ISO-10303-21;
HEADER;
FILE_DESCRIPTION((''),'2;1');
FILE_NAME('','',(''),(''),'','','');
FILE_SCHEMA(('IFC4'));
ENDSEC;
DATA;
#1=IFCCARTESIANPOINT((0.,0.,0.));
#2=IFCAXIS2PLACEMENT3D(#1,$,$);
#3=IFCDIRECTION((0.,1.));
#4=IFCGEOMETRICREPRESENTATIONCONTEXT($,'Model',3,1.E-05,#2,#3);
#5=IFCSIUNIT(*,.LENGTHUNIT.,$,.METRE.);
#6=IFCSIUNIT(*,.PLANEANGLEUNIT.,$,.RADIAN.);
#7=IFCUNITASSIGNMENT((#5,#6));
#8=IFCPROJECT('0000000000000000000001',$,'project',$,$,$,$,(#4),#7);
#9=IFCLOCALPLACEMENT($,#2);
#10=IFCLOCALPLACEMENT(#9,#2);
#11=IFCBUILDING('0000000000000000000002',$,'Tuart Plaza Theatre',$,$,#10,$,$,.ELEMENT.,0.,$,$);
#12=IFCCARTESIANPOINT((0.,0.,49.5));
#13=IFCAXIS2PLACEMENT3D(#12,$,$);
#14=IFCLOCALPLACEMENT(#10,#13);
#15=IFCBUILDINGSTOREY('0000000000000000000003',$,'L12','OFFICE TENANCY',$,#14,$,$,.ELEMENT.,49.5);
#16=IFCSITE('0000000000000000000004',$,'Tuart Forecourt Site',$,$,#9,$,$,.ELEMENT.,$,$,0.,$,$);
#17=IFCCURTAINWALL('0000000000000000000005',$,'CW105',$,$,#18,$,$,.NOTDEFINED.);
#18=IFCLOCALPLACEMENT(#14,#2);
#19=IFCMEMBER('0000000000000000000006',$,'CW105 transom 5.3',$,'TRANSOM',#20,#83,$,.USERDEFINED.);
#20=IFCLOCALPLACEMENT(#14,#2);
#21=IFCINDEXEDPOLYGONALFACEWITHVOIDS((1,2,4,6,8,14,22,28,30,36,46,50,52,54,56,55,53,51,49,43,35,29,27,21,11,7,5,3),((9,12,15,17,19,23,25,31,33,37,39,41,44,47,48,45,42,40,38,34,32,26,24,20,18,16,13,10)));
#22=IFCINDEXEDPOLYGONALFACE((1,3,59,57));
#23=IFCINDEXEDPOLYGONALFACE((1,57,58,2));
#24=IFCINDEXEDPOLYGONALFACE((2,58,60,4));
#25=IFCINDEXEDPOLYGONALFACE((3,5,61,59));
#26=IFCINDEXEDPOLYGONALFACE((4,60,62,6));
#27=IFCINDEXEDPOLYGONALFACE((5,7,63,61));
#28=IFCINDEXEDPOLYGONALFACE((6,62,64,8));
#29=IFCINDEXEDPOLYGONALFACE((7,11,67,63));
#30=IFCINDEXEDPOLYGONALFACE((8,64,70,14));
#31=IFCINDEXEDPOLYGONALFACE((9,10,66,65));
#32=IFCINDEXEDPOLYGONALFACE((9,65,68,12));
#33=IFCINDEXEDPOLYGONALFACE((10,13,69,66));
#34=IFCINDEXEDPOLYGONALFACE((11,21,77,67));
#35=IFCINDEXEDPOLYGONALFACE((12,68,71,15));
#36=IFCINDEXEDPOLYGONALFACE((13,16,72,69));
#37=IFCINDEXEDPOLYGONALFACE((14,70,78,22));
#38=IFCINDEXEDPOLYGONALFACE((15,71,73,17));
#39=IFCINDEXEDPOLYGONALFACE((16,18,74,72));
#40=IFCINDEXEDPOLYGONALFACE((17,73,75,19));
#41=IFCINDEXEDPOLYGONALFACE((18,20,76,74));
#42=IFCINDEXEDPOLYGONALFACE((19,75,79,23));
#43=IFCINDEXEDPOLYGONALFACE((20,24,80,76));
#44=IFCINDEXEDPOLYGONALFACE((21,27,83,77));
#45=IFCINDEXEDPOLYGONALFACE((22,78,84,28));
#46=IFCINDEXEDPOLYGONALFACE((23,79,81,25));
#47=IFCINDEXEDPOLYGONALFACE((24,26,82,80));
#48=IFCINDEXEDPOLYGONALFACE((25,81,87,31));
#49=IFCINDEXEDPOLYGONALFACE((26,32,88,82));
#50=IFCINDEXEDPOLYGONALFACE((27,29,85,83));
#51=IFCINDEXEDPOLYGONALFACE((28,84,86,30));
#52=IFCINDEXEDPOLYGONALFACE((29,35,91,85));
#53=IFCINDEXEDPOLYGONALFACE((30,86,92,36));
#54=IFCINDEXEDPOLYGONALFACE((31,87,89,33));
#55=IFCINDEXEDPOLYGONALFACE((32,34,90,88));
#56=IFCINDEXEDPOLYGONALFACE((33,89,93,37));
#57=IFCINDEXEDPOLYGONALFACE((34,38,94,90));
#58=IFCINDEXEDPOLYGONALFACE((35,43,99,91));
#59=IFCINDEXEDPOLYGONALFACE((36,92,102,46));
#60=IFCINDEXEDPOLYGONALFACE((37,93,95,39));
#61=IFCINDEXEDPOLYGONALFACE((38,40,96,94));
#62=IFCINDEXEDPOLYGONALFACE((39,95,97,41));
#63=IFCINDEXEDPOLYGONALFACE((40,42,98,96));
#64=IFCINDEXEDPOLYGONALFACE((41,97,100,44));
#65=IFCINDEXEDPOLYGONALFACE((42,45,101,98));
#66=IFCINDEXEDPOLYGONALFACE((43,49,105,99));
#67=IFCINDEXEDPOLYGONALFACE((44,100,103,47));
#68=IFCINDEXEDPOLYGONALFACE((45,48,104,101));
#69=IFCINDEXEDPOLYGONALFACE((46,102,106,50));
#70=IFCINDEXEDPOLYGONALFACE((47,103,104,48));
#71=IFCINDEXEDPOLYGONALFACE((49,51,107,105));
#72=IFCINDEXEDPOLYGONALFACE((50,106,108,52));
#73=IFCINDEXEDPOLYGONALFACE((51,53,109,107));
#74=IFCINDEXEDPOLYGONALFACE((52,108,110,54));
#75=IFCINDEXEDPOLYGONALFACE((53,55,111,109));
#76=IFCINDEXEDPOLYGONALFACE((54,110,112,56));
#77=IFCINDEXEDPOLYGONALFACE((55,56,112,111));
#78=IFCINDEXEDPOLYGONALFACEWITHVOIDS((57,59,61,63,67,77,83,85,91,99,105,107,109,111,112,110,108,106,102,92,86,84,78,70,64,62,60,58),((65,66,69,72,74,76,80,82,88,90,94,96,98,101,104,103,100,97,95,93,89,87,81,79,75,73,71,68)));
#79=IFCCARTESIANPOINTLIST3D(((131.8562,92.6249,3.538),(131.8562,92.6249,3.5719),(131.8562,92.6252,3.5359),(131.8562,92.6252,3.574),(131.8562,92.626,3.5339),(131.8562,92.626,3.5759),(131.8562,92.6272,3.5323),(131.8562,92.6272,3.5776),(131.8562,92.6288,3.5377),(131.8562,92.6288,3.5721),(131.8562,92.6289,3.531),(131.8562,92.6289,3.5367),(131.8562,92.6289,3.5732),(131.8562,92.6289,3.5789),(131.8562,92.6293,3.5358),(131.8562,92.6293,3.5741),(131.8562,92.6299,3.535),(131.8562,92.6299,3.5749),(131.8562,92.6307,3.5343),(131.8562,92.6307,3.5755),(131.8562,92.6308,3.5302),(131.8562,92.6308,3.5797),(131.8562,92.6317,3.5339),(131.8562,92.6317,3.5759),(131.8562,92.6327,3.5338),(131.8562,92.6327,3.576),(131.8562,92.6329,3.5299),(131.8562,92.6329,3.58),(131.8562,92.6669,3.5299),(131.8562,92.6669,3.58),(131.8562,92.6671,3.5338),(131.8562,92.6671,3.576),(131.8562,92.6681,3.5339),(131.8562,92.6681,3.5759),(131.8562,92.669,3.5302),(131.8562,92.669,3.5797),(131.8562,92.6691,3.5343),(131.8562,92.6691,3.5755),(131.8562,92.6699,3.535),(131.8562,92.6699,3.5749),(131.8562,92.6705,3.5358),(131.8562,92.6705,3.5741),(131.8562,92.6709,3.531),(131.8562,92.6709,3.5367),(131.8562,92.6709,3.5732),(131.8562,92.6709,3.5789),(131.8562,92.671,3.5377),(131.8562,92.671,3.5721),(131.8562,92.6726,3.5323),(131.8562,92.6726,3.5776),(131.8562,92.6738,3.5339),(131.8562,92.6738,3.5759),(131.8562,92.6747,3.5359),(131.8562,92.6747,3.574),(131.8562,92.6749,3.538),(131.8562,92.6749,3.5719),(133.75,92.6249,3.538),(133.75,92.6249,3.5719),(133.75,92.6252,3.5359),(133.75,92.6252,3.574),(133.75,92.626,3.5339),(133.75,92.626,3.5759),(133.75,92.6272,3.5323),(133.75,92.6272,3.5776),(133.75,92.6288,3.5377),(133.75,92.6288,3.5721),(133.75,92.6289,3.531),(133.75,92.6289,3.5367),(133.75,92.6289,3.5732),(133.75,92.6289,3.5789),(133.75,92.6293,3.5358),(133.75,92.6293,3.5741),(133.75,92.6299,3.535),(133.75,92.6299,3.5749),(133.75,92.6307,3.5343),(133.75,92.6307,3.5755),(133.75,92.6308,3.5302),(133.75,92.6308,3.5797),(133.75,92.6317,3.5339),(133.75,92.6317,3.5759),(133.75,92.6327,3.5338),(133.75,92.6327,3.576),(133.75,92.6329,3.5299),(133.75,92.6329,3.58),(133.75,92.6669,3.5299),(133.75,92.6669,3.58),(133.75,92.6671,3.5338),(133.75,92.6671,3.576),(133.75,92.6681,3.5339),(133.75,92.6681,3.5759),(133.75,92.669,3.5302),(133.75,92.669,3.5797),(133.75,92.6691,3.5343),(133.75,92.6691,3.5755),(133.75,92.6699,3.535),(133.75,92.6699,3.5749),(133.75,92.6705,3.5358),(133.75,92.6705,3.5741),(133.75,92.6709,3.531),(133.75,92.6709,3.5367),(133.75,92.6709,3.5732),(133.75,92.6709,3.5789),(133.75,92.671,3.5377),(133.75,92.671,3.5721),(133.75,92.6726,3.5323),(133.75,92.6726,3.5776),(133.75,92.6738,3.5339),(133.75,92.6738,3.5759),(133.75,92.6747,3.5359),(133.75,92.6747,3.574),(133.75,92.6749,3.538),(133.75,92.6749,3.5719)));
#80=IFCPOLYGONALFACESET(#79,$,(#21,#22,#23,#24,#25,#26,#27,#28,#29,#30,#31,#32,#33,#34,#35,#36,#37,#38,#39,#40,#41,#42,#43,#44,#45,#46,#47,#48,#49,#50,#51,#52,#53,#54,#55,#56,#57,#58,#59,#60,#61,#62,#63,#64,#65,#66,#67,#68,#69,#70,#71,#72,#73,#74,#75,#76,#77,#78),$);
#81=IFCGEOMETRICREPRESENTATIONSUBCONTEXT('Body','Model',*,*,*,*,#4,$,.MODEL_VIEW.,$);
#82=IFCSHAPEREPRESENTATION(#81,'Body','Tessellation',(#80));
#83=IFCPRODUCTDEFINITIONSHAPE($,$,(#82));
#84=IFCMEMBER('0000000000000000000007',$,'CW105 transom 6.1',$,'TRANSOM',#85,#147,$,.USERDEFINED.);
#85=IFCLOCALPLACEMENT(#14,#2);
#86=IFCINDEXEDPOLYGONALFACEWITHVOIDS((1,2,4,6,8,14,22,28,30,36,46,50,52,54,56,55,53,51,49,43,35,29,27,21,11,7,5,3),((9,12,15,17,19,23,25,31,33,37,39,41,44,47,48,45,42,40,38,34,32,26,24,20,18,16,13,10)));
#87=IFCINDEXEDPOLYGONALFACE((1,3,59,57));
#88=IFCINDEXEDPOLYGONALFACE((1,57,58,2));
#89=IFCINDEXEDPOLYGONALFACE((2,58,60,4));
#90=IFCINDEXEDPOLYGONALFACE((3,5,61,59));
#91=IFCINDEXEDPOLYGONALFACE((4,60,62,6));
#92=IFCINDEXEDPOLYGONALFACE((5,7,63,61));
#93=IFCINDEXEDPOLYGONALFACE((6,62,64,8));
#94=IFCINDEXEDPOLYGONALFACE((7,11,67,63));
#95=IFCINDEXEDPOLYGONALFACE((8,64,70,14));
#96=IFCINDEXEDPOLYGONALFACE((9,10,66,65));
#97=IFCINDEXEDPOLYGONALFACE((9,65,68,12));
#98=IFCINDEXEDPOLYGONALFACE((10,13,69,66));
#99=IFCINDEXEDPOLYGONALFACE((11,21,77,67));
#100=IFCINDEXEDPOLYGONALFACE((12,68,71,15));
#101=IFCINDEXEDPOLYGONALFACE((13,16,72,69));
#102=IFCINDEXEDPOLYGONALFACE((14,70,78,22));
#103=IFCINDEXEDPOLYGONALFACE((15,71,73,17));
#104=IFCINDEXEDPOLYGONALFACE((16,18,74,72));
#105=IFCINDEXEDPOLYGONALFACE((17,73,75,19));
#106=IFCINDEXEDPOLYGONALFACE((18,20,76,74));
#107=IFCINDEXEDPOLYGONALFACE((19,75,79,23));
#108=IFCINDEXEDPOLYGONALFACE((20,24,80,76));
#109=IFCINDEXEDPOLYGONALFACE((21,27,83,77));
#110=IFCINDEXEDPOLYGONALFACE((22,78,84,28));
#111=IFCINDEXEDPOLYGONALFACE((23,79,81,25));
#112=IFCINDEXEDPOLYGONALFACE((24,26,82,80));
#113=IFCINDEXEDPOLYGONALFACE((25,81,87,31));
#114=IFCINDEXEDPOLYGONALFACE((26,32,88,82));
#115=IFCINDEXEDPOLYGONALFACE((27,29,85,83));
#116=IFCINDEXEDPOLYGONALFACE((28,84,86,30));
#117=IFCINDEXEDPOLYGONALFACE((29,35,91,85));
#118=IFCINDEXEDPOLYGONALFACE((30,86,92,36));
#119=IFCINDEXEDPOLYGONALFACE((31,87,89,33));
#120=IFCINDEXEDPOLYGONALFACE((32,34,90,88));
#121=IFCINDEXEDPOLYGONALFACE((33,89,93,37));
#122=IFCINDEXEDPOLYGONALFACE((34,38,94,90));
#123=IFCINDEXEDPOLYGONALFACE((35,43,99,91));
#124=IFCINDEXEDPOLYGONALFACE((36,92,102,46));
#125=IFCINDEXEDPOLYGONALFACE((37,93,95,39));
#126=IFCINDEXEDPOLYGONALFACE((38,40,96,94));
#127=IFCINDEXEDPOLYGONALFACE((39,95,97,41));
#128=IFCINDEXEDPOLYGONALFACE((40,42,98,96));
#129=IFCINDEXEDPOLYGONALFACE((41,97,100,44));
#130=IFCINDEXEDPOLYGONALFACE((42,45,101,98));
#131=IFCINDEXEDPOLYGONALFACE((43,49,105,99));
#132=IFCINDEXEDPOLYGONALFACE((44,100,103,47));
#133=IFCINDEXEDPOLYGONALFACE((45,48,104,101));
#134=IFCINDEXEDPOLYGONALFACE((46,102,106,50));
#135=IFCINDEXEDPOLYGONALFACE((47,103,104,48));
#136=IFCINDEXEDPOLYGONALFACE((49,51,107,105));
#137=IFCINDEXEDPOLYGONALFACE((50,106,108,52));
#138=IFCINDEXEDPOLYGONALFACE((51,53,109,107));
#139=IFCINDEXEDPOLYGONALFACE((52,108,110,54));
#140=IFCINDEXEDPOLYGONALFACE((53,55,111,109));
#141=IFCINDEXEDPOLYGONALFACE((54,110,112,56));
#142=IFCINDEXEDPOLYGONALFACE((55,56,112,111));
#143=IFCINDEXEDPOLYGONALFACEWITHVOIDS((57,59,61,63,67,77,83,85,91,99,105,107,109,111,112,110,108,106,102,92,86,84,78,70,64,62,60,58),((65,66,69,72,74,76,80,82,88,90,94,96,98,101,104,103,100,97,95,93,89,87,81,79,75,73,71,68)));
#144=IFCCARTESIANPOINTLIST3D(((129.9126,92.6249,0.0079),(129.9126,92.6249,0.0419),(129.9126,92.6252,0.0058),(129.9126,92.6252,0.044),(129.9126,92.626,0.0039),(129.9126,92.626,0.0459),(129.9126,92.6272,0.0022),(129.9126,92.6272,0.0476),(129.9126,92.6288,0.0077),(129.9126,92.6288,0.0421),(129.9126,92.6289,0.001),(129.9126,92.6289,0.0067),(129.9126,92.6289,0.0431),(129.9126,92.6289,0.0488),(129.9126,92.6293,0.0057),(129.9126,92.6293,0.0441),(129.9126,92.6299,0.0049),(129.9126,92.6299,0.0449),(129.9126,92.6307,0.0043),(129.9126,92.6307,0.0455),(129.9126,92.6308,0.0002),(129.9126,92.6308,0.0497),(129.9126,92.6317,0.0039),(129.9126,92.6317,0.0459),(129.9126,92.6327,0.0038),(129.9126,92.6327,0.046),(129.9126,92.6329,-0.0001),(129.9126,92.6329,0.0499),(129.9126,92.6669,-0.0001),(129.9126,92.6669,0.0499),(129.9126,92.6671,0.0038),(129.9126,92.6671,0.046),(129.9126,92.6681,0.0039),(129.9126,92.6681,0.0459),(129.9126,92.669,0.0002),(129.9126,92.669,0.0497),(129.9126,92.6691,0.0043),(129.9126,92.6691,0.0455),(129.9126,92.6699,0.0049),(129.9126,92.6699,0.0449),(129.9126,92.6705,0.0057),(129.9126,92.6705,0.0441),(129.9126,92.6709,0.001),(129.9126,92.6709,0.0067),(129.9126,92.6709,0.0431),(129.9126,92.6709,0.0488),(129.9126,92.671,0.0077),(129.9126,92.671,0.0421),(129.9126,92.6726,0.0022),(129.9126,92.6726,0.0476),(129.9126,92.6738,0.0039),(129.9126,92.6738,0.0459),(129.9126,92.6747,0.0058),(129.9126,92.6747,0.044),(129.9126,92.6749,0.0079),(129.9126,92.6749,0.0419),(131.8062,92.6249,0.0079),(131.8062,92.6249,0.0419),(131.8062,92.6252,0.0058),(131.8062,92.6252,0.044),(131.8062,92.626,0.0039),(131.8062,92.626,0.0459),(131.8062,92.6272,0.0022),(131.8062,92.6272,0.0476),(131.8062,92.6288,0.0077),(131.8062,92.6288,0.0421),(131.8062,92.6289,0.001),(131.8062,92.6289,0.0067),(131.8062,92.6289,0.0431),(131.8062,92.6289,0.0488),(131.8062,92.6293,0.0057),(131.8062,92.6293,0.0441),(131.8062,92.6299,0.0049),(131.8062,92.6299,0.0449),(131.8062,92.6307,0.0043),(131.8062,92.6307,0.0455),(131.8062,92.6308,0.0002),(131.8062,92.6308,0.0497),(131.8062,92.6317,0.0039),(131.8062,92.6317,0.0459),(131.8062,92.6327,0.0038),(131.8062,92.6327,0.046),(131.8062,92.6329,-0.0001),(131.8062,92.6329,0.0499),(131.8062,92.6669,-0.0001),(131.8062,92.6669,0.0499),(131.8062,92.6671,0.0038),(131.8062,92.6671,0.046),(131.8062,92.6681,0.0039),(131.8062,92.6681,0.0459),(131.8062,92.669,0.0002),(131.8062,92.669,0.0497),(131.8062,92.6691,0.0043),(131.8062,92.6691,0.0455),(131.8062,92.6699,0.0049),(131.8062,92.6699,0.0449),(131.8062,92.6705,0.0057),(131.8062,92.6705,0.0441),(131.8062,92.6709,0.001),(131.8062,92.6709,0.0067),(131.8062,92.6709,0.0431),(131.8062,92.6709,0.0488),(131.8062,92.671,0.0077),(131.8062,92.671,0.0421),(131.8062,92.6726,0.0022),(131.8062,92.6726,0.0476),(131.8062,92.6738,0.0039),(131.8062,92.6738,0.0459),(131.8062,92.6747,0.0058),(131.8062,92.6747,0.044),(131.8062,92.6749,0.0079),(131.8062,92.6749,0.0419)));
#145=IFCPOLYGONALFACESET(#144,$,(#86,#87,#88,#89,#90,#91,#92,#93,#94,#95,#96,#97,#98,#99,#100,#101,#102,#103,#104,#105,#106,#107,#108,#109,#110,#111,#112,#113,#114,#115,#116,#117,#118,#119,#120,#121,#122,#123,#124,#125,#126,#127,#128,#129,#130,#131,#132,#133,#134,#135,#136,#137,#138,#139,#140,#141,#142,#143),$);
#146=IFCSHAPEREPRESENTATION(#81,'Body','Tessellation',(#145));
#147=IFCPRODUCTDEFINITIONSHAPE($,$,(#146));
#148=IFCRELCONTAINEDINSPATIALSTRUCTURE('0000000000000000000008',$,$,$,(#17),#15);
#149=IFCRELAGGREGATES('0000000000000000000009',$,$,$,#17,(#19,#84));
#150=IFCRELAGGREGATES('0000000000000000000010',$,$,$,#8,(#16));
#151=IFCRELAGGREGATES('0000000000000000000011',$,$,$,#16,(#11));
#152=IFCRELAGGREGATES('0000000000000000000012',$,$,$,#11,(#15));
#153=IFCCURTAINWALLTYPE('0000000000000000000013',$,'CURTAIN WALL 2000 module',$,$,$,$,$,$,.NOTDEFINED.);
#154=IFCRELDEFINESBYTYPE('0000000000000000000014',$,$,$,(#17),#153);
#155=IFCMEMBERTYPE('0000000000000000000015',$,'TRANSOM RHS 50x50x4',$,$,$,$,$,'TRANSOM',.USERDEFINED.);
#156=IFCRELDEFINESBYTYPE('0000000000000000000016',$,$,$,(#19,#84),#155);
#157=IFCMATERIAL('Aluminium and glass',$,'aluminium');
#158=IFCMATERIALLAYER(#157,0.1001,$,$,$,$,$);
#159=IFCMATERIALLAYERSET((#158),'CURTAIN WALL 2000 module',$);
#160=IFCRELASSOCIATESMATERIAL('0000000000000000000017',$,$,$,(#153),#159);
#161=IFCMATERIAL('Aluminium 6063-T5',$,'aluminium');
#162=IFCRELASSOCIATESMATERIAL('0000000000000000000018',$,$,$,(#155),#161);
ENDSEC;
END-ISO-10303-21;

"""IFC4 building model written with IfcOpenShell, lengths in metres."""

from ifc_helpers import new_model, si_unit, direction, frame, origin, origin_2d, place, context, subcontext, project, spatial, hollow_rectangle, extrude, material, layer, layer_set, material_profile, profile_set, type_object, element, aggregate, save


model = new_model("IFC4")

# Units and contexts
model_context = context("Model", 3, precision=1e-05, world=origin(), true_north=direction((0.0, 1.0)))
body_context = subcontext(model_context, "Body", "Model", "MODEL_VIEW")
ifc_project = project(units=[si_unit("LENGTHUNIT", "METRE"), si_unit("PLANEANGLEUNIT", "RADIAN")], contexts=[model_context])

# Site, building, storey
site_placement = place(None, origin())
site = spatial("IfcSite", under=ifc_project, at=site_placement, Name="Tuart Forecourt Site", CompositionType="ELEMENT", RefElevation=0.0)
building_placement = place(site_placement, origin())
building = spatial("IfcBuilding", under=site, at=building_placement, Name="Tuart Plaza Theatre", CompositionType="ELEMENT", ElevationOfRefHeight=0.0)
storey_placement = place(building_placement, frame((0.0, 0.0, 49.5)))
storey = spatial("IfcBuildingStorey", under=building, at=storey_placement, Name="L12", Description="OFFICE TENANCY", CompositionType="ELEMENT", Elevation=49.5)

# Curtain wall, members
ifc_material_1 = material(Name="Aluminium and glass", Category="aluminium")
ifc_layer_1 = layer(ifc_material_1, 0.1001)
ifc_layer_set_1 = layer_set([ifc_layer_1], Name="CURTAIN WALL 2000 module")
curtain_wall_type = type_object("IfcCurtainWallType", Name="CURTAIN WALL 2000 module", PredefinedType="NOTDEFINED", material=ifc_layer_set_1)
curtain_wall_placement = place(storey_placement, origin())
curtain_wall = element("IfcCurtainWall", 1, at=curtain_wall_placement, inside=storey, type_object=curtain_wall_type, Name="CW105", PredefinedType="NOTDEFINED")
ifc_material_2 = material(Name="Aluminium 6063-T5", Category="aluminium")
ifc_material_profile_1 = material_profile(ifc_material_2, hollow_rectangle(XDim=0.05, YDim=0.05, WallThickness=0.0039, InnerFilletRadius=0.0039, OuterFilletRadius=0.0081, at=origin_2d()), Name="RHS 50x50x4")
ifc_profile_set_1 = profile_set([ifc_material_profile_1], Name="Aluminium 6063-T5")
member_type_1 = type_object("IfcMemberType", Name="TRANSOM RHS 50x50x4", ElementType="TRANSOM", PredefinedType="USERDEFINED", material=ifc_profile_set_1)
member_1_placement = place(storey_placement, frame((133.75, 92.6499, 3.5549), z_axis=(-1.0, 0.0, 0.0), x_axis=(0.0, -1.0, 0.0)))
member_1 = element("IfcMember", 2, at=member_1_placement, type_object=member_type_1, Name="CW105 transom 5.3", ObjectType="TRANSOM", PredefinedType="USERDEFINED", context=body_context, shape_type="SweptSolid", body=[
    extrude(hollow_rectangle(XDim=0.05, YDim=0.05, WallThickness=0.0039, InnerFilletRadius=0.0039, OuterFilletRadius=0.0081, at=origin_2d()), origin(), (0.0, 0.0, 1.0), 1.8938),
])
member_2_placement = place(storey_placement, frame((131.8062, 92.6499, 0.0249), z_axis=(-1.0, 0.0, 0.0), x_axis=(0.0, -1.0, 0.0)))
member_2 = element("IfcMember", 3, at=member_2_placement, type_object=member_type_1, Name="CW105 transom 6.1", ObjectType="TRANSOM", PredefinedType="USERDEFINED", context=body_context, shape_type="SweptSolid", body=[
    extrude(hollow_rectangle(XDim=0.05, YDim=0.05, WallThickness=0.0039, InnerFilletRadius=0.0039, OuterFilletRadius=0.0081, at=origin_2d()), origin(), (0.0, 0.0, 1.0), 1.8936),
])
aggregate(curtain_wall, [member_1, member_2])

save(model, "model.ifc")
